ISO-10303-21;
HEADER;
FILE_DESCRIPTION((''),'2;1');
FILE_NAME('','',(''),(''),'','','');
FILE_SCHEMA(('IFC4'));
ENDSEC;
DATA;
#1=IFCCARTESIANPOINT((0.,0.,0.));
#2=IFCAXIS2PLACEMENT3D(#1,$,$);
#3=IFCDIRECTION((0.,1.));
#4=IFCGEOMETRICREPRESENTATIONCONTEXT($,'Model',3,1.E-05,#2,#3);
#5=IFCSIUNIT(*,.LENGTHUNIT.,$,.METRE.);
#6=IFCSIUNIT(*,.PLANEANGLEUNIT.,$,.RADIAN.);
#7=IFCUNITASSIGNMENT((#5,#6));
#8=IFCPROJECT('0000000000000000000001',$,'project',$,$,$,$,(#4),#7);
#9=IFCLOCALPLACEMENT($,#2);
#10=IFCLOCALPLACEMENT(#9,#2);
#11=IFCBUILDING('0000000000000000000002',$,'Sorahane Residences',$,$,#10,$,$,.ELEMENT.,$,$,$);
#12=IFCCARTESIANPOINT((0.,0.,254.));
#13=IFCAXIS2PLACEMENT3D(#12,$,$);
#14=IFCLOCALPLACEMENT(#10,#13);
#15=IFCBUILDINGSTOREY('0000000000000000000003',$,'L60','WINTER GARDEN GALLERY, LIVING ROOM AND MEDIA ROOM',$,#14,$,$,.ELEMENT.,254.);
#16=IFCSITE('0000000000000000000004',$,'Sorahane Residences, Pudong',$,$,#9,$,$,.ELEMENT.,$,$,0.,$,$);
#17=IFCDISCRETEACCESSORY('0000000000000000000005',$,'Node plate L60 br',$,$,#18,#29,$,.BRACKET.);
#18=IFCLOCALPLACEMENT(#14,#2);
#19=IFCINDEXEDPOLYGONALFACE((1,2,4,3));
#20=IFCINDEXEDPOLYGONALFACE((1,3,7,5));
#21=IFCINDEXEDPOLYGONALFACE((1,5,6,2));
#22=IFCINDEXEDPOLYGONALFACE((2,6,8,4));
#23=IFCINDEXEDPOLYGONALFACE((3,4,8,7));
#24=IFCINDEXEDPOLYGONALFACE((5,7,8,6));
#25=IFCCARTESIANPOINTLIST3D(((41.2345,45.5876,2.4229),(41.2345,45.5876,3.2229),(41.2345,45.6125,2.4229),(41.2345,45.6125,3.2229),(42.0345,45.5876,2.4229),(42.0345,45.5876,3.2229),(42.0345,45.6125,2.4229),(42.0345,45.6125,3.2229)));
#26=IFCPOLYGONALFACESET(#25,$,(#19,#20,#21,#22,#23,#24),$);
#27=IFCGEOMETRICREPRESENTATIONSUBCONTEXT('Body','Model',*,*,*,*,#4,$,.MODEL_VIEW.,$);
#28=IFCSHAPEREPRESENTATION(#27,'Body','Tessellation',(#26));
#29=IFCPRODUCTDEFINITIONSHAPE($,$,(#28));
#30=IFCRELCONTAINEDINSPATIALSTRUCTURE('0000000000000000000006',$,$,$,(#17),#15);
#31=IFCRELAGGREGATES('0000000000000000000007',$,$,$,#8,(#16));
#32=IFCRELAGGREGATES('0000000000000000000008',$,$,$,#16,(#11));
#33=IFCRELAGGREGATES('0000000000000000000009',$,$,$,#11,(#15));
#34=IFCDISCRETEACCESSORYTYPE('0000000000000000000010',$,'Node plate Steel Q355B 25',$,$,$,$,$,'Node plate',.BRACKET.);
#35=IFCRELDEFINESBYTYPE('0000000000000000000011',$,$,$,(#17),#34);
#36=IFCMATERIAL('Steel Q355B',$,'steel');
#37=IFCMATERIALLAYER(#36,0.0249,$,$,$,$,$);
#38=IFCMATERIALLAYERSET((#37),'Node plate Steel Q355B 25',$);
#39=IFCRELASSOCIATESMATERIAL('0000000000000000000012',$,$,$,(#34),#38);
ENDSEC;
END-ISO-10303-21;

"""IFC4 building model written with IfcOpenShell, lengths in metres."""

from ifc_helpers import new_model, si_unit, direction, frame, origin, origin_2d, place, context, subcontext, project, spatial, rectangle, extrude, material, layer, layer_set, type_object, element, save


model = new_model("IFC4")

# Units and contexts
model_context = context("Model", 3, precision=1e-05, world=origin(), true_north=direction((0.0, 1.0)))
body_context = subcontext(model_context, "Body", "Model", "MODEL_VIEW")
ifc_project = project(units=[si_unit("LENGTHUNIT", "METRE"), si_unit("PLANEANGLEUNIT", "RADIAN")], contexts=[model_context])

# Site, building, storey
site_placement = place(None, origin())
site = spatial("IfcSite", under=ifc_project, at=site_placement, Name="Sorahane Residences, Pudong", CompositionType="ELEMENT", RefElevation=0.0)
building_placement = place(site_placement, origin())
building = spatial("IfcBuilding", under=site, at=building_placement, Name="Sorahane Residences", CompositionType="ELEMENT")
storey_placement = place(building_placement, frame((0.0, 0.0, 254.0)))
storey = spatial("IfcBuildingStorey", under=building, at=storey_placement, Name="L60", Description="WINTER GARDEN GALLERY, LIVING ROOM AND MEDIA ROOM", CompositionType="ELEMENT", Elevation=254.0)

# Discrete accessory
ifc_material_1 = material(Name="Steel Q355B", Category="steel")
ifc_layer_1 = layer(ifc_material_1, 0.0249)
ifc_layer_set_1 = layer_set([ifc_layer_1], Name="Node plate Steel Q355B 25")
discrete_accessory_type = type_object("IfcDiscreteAccessoryType", Name="Node plate Steel Q355B 25", ElementType="Node plate", PredefinedType="BRACKET", material=ifc_layer_set_1)
for number, where, z_axis, x_axis, name in (
    (1, (41.6345, 45.6001, 2.4229), (0.0, 0.0, 1.0), (1.0, 0.0, 0.0), "Node plate L60 br"),
):
    element("IfcDiscreteAccessory", number, at=place(storey_placement, frame(where, z_axis=z_axis, x_axis=x_axis)), inside=storey, type_object=discrete_accessory_type, Name=name, PredefinedType="BRACKET", context=body_context, shape_type="SweptSolid", body=[
        extrude(rectangle(XDim=0.8, YDim=0.0249, at=origin_2d()), origin(), (0.0, 0.0, 1.0), 0.8),
    ])

save(model, "model.ifc")
